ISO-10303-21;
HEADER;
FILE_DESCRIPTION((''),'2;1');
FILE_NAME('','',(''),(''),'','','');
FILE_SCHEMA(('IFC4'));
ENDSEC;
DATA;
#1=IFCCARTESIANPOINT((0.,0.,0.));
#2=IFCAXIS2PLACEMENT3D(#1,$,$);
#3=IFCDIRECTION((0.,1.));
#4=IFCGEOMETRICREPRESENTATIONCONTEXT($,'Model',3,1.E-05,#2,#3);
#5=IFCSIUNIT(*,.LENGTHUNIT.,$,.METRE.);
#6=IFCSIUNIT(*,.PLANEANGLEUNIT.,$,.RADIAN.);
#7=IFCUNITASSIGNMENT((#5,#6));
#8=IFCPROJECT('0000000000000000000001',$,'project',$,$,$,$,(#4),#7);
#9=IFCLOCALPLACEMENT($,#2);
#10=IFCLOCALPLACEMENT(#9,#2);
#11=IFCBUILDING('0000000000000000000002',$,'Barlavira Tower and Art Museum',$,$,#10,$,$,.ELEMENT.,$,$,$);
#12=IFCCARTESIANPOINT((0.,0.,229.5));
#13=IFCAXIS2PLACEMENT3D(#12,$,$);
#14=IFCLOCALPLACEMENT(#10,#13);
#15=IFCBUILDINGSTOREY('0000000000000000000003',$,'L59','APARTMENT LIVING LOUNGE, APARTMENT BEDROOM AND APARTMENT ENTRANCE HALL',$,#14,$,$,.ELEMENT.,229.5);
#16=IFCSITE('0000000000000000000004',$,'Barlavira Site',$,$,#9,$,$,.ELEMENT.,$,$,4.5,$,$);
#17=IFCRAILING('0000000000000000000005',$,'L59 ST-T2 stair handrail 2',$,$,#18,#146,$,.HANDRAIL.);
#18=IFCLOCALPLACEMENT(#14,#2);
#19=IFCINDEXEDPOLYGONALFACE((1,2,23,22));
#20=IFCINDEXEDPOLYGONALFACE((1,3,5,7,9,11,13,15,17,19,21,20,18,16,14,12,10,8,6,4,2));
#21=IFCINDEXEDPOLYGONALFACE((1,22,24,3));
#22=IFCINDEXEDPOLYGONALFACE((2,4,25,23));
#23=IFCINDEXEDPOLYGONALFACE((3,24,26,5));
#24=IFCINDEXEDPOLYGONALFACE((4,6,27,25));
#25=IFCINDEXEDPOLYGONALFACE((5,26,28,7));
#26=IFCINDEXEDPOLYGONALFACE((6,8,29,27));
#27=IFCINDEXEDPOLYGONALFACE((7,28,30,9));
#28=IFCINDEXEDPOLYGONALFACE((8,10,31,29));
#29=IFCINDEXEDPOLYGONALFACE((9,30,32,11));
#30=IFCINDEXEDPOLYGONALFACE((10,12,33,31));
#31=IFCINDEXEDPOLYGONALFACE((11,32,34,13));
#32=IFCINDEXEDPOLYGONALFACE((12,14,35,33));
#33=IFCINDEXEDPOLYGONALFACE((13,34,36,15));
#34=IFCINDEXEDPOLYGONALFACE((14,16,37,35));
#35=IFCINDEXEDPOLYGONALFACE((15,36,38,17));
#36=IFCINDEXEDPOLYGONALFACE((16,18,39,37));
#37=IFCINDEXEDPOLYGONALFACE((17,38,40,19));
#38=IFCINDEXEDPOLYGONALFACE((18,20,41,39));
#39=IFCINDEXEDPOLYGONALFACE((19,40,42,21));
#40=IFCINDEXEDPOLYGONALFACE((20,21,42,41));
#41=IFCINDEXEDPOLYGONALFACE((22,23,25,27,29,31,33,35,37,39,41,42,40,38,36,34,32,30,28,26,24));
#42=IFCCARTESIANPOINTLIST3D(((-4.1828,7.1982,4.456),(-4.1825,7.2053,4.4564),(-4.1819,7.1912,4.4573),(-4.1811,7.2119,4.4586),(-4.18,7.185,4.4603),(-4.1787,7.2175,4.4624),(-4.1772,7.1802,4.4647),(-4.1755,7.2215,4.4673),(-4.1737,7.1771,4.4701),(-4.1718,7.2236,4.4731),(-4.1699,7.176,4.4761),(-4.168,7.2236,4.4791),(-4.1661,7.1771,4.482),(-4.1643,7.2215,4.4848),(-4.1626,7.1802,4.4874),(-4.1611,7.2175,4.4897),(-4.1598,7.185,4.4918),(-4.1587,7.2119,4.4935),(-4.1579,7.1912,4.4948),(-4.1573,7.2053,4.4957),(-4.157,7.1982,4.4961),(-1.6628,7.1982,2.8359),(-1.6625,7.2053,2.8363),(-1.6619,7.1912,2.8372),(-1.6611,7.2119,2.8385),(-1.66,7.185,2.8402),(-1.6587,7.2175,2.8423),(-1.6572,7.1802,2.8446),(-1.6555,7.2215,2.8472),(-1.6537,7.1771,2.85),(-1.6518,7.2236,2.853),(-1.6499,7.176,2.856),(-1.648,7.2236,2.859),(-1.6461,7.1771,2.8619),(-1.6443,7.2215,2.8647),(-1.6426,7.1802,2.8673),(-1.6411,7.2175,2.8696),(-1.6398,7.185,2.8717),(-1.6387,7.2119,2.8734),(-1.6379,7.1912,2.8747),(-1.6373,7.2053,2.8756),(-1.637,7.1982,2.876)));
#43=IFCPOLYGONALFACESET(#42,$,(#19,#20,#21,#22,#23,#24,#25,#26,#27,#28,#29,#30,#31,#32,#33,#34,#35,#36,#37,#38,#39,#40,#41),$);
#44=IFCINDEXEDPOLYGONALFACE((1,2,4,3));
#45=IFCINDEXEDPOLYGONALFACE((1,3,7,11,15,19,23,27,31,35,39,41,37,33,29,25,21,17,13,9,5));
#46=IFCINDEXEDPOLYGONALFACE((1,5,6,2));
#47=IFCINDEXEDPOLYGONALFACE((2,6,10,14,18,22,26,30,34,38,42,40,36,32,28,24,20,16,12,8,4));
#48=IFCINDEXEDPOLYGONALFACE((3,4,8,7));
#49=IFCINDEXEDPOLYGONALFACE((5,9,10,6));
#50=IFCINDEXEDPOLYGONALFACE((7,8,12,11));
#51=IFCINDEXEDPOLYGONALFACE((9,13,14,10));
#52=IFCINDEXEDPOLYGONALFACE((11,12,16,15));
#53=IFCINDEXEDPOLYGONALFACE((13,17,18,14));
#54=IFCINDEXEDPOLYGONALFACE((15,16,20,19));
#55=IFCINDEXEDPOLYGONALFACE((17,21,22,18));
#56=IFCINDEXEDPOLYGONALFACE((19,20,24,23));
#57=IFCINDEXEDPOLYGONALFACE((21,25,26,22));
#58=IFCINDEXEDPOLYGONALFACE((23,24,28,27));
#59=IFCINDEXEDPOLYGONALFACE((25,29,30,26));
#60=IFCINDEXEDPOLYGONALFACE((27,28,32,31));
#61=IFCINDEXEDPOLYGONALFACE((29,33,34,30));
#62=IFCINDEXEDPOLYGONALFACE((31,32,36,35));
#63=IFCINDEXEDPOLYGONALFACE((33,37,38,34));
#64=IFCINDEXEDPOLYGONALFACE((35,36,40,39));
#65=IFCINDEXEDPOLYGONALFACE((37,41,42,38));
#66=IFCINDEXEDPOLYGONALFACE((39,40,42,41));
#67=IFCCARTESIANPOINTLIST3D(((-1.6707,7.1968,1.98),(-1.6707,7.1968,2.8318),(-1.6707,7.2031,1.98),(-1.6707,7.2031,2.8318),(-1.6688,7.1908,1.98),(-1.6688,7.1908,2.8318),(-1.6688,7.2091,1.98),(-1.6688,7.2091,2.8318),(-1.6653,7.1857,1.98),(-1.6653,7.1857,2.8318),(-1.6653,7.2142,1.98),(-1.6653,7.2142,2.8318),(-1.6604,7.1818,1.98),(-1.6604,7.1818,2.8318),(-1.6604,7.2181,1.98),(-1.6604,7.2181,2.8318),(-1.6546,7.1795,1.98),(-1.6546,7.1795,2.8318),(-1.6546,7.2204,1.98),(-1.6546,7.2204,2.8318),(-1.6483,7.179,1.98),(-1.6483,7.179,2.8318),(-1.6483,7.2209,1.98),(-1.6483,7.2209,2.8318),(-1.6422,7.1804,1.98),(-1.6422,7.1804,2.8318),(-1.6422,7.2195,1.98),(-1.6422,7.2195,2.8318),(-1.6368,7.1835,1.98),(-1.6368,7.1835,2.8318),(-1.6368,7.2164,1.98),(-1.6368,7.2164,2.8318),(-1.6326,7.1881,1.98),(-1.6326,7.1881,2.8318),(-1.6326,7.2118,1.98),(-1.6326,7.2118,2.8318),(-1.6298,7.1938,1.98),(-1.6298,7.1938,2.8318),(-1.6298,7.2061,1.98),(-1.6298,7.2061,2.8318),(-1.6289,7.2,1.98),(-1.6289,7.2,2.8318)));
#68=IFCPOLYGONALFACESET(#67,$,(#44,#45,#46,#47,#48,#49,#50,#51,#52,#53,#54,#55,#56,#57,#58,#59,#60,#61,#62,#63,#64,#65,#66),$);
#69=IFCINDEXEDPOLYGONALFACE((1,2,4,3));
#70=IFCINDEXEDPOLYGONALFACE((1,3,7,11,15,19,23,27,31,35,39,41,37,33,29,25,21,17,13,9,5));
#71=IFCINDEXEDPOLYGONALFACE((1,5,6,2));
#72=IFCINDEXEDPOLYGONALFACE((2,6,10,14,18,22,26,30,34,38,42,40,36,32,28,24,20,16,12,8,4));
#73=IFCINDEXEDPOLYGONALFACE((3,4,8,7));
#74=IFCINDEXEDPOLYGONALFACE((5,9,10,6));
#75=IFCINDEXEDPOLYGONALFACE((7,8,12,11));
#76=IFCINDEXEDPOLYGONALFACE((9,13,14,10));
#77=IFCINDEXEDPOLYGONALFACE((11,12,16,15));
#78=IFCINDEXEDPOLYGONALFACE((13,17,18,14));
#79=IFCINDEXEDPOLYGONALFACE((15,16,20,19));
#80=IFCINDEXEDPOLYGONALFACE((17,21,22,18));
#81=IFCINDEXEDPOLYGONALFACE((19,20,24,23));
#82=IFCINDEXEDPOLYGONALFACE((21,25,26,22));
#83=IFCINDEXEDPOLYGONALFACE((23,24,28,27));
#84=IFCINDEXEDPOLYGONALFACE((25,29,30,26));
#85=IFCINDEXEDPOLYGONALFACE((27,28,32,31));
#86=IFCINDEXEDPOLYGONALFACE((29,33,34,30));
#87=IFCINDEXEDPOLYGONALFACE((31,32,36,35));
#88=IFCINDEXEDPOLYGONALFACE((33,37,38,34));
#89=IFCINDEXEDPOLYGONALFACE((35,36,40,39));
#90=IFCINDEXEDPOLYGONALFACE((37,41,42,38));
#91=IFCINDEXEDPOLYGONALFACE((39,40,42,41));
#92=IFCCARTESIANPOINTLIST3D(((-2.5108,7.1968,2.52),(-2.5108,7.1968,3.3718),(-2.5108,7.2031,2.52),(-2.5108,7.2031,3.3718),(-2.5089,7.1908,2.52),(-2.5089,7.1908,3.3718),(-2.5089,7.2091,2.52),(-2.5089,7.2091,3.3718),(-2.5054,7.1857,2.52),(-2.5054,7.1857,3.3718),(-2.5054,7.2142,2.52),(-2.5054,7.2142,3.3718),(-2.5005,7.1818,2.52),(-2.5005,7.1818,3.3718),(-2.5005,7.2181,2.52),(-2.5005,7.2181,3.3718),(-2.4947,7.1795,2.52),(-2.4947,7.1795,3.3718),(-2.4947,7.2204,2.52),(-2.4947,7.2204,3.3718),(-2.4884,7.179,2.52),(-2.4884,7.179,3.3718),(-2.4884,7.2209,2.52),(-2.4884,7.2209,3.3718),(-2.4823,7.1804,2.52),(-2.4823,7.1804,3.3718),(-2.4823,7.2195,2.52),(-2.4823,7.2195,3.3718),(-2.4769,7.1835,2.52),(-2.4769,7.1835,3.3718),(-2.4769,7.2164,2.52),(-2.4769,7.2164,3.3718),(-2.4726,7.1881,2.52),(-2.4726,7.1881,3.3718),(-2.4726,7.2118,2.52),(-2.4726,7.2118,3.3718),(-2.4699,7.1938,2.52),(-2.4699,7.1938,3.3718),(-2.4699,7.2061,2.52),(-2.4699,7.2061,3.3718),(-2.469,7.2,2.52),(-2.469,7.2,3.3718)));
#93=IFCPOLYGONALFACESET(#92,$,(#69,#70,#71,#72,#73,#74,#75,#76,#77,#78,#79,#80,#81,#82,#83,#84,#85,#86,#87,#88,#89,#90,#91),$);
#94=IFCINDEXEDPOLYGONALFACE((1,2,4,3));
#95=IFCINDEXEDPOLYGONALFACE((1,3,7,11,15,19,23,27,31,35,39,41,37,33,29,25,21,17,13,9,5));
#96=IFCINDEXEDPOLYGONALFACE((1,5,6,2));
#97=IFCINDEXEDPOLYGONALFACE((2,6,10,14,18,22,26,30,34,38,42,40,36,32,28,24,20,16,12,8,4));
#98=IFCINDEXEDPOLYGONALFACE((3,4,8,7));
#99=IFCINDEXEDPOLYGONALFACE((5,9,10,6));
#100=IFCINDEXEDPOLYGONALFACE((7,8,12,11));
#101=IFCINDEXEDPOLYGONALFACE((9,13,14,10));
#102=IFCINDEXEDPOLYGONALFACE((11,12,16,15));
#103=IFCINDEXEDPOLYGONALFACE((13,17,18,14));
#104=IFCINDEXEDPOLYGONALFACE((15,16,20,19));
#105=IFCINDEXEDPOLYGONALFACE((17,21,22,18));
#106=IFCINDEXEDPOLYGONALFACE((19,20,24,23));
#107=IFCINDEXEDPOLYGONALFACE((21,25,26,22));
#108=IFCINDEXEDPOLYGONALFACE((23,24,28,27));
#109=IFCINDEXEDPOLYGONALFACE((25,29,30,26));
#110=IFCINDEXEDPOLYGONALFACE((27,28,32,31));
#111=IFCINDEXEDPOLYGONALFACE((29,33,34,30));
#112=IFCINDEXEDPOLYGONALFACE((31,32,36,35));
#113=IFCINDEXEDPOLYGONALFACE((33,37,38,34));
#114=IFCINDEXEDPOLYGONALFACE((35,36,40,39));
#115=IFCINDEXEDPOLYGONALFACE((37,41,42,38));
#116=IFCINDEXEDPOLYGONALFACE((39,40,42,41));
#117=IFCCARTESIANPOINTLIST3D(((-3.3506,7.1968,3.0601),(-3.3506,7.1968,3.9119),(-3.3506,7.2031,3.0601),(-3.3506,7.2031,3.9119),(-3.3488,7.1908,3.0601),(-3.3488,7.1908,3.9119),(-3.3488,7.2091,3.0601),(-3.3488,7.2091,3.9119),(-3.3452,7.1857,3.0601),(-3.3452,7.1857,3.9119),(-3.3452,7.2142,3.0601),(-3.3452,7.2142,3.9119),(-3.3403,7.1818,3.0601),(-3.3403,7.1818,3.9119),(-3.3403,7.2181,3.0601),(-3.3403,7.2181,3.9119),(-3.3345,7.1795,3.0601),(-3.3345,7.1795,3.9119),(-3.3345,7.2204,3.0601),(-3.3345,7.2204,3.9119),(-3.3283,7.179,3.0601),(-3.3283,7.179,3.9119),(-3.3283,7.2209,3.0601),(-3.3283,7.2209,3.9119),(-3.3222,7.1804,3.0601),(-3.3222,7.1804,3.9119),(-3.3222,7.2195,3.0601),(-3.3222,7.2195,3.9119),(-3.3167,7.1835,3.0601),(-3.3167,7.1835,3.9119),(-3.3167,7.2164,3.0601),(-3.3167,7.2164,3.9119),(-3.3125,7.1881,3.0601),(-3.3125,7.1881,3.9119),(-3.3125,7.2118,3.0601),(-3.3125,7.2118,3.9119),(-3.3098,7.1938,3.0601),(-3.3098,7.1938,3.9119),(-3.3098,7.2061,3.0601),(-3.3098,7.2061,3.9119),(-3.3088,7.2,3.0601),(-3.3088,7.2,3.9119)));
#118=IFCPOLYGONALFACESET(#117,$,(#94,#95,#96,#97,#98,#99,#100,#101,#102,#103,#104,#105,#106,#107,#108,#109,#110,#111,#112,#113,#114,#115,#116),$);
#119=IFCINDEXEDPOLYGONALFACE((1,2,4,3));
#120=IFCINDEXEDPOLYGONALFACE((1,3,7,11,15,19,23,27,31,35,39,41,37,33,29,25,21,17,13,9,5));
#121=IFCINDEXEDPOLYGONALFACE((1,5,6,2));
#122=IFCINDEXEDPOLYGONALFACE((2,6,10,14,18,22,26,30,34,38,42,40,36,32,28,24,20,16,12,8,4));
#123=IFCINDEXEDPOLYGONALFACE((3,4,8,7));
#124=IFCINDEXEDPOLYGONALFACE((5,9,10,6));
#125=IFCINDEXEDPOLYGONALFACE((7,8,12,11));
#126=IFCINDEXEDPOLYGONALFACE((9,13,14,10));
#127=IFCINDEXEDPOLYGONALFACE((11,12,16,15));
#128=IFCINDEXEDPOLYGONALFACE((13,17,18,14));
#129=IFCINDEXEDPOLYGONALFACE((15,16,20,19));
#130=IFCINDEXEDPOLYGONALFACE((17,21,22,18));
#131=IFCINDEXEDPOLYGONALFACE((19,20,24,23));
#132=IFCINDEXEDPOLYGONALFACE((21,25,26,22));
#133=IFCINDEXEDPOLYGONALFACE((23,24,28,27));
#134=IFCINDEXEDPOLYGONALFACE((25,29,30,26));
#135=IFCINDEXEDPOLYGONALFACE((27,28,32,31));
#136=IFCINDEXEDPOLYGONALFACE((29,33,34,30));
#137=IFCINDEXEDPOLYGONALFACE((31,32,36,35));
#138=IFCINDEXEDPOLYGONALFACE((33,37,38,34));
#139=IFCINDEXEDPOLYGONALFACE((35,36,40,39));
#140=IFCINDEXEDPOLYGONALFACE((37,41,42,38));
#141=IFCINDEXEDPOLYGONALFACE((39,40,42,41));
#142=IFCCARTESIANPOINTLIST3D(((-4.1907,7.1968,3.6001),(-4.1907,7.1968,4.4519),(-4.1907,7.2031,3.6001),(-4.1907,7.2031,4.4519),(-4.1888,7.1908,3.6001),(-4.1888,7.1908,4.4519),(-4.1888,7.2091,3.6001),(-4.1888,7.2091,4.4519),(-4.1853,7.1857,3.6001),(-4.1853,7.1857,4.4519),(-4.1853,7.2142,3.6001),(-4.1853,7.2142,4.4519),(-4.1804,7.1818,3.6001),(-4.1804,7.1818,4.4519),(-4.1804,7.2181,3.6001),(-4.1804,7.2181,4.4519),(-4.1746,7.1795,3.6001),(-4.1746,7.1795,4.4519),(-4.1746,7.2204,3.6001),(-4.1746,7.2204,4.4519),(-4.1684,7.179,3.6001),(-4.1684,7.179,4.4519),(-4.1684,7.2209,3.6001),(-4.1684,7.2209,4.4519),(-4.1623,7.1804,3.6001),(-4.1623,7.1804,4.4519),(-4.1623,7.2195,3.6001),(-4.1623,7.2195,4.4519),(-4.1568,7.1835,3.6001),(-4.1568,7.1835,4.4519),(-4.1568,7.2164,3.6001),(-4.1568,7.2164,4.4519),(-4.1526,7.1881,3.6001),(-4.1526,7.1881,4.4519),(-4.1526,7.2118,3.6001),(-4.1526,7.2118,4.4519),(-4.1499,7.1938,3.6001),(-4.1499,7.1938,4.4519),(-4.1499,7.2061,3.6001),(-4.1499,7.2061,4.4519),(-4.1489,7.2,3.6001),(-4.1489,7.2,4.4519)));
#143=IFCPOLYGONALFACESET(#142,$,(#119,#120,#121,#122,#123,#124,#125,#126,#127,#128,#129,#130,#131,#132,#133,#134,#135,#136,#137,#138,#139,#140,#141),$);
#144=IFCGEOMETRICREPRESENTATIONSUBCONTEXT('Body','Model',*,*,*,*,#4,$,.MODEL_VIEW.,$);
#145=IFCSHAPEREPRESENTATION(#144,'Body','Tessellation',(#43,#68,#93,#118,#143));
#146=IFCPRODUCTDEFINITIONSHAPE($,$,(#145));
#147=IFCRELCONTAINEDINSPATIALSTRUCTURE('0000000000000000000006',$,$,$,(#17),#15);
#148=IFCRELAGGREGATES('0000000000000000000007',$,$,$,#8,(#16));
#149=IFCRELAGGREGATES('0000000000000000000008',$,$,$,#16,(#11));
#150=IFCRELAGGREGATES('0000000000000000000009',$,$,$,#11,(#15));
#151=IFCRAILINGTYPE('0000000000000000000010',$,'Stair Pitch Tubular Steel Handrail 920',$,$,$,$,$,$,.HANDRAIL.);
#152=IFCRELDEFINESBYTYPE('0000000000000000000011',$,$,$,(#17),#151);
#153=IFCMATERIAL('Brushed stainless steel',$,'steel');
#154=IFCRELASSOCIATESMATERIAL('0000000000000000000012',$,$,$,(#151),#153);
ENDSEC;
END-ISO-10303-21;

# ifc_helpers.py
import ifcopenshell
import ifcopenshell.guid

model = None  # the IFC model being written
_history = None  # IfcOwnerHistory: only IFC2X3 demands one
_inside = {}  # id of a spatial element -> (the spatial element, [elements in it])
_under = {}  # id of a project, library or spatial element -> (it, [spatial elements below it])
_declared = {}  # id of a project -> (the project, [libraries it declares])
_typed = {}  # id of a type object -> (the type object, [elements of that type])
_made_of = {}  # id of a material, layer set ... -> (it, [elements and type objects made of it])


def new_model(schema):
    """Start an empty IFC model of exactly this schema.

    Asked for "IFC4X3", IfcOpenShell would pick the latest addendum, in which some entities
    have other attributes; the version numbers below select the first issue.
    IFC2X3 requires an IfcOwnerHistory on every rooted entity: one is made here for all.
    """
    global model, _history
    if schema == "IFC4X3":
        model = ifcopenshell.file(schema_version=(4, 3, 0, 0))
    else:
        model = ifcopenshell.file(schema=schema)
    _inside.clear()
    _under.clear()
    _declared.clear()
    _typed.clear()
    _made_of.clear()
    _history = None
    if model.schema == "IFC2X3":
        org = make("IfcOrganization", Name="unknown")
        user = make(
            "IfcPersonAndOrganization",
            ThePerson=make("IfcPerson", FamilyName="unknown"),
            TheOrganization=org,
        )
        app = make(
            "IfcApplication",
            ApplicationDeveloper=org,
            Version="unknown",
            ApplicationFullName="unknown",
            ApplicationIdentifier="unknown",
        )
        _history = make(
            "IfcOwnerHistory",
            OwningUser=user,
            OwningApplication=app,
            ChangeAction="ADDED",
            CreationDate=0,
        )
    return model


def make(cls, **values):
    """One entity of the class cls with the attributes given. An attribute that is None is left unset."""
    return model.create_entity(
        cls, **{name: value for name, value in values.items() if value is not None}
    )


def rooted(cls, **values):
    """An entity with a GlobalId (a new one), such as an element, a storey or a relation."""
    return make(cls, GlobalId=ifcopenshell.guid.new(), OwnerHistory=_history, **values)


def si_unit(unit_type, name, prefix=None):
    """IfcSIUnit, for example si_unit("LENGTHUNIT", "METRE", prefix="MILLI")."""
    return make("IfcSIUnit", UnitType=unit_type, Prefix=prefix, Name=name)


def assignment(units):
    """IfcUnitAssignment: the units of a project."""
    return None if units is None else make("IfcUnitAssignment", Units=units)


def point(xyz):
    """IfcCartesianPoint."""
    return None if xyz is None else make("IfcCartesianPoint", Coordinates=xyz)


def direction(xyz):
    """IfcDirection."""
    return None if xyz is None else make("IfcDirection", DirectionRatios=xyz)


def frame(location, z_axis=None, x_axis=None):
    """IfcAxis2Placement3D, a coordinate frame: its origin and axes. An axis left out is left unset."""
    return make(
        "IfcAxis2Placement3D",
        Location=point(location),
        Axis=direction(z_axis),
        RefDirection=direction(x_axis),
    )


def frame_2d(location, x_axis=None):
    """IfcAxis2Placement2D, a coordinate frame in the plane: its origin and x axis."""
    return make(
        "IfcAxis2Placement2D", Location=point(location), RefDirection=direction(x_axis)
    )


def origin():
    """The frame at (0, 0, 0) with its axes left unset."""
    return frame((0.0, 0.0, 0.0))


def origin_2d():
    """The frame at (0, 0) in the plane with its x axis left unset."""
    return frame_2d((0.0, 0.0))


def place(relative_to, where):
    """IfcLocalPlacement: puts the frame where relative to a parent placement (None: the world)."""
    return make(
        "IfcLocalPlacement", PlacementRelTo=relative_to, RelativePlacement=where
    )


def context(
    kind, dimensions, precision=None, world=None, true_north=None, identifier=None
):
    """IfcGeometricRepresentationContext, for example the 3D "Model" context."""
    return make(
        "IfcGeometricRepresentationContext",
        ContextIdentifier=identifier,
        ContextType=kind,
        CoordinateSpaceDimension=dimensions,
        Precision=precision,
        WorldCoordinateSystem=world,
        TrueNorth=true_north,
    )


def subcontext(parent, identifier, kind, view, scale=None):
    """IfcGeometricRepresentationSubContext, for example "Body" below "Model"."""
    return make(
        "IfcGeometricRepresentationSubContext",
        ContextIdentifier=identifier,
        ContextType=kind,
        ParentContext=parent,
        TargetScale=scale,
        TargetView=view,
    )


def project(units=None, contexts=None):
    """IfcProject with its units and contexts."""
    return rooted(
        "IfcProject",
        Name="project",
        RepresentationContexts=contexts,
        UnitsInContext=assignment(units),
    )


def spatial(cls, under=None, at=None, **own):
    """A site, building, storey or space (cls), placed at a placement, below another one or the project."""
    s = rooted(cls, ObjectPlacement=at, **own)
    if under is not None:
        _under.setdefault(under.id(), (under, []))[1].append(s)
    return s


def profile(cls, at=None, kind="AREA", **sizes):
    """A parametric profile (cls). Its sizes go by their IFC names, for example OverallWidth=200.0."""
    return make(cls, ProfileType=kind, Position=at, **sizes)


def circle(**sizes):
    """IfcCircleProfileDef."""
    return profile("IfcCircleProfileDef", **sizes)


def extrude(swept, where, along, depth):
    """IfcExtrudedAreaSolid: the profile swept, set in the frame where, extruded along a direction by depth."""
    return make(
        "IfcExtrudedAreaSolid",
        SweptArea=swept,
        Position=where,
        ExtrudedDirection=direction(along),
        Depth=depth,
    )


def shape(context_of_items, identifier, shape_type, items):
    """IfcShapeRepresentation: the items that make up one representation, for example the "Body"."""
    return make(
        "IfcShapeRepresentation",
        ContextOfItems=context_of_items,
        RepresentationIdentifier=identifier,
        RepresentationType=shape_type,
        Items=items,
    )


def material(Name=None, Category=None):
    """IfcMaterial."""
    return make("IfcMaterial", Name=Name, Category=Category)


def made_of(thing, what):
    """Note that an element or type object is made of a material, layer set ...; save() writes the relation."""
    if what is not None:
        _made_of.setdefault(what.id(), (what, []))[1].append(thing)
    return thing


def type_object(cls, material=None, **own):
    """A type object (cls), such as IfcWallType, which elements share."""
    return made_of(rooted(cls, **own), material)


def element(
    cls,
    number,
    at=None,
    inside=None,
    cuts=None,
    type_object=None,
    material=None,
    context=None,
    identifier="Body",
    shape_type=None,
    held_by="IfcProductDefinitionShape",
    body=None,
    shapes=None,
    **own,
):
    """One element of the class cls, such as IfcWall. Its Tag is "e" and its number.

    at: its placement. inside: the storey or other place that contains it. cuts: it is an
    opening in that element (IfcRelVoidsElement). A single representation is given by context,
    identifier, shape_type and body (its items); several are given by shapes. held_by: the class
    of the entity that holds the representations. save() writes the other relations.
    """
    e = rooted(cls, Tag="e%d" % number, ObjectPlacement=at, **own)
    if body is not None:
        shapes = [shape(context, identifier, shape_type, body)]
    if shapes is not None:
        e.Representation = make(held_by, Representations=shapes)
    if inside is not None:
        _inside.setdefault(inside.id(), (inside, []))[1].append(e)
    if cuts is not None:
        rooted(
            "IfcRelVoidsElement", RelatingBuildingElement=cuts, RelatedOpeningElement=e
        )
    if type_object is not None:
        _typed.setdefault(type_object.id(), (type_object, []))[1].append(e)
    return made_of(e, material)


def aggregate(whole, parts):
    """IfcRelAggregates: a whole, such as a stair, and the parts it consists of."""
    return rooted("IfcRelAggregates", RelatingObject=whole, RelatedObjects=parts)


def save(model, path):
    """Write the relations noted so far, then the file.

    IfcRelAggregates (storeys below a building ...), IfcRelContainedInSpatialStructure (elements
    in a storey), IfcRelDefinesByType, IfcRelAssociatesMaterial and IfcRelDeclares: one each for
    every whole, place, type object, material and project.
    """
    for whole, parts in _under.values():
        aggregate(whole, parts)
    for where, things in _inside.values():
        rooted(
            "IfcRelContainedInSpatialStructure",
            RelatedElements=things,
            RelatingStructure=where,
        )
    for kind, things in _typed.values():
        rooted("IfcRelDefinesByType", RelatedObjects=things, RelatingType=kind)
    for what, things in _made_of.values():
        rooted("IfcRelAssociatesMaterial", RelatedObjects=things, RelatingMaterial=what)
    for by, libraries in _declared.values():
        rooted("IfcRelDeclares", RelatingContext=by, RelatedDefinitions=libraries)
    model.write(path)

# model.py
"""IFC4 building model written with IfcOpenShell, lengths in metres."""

from ifc_helpers import new_model, si_unit, direction, frame, origin, origin_2d, place, context, subcontext, project, spatial, circle, extrude, material, type_object, element, save


model = new_model("IFC4")

# Units and contexts
model_context = context("Model", 3, precision=1e-05, world=origin(), true_north=direction((0.0, 1.0)))
body_context = subcontext(model_context, "Body", "Model", "MODEL_VIEW")
ifc_project = project(units=[si_unit("LENGTHUNIT", "METRE"), si_unit("PLANEANGLEUNIT", "RADIAN")], contexts=[model_context])

# Site, building, storey
site_placement = place(None, origin())
site = spatial("IfcSite", under=ifc_project, at=site_placement, Name="Barlavira Site", CompositionType="ELEMENT", RefElevation=4.5)
building_placement = place(site_placement, origin())
building = spatial("IfcBuilding", under=site, at=building_placement, Name="Barlavira Tower and Art Museum", CompositionType="ELEMENT")
storey_placement = place(building_placement, frame((0.0, 0.0, 229.5)))
storey = spatial("IfcBuildingStorey", under=building, at=storey_placement, Name="L59", Description="APARTMENT LIVING LOUNGE, APARTMENT BEDROOM AND APARTMENT ENTRANCE HALL", CompositionType="ELEMENT", Elevation=229.5)

# Shared definitions
ifc_material_1 = material(Name="Brushed stainless steel", Category="steel")

# Railing
railing_type_1 = type_object("IfcRailingType", Name="Stair Pitch Tubular Steel Handrail 920", PredefinedType="HANDRAIL", material=ifc_material_1)
railing_1_placement = place(storey_placement, frame((-1.6499, 7.2, 1.98)))
element("IfcRailing", 1, at=railing_1_placement, inside=storey, type_object=railing_type_1, Name="L59 ST-T2 stair handrail 2", PredefinedType="HANDRAIL", context=body_context, shape_type="SweptSolid", body=[
    extrude(circle(Radius=0.0239, at=origin_2d()), frame((0.0, 0.0, 0.876), z_axis=(-0.841163, 0.0, 0.540782), x_axis=(0.0, -1.0, 0.0)), (0.0, 0.0, 1.0), 2.9958),
    extrude(circle(Radius=0.021, at=origin_2d()), origin(), (0.0, 0.0, 1.0), 0.8518),
    extrude(circle(Radius=0.021, at=origin_2d()), frame((-0.8401, 0.0, 0.54)), (0.0, 0.0, 1.0), 0.8518),
    extrude(circle(Radius=0.021, at=origin_2d()), frame((-1.6799, 0.0, 1.0801)), (0.0, 0.0, 1.0), 0.8518),
    extrude(circle(Radius=0.021, at=origin_2d()), frame((-2.52, 0.0, 1.6201)), (0.0, 0.0, 1.0), 0.8518),
])

save(model, "model.ifc")
